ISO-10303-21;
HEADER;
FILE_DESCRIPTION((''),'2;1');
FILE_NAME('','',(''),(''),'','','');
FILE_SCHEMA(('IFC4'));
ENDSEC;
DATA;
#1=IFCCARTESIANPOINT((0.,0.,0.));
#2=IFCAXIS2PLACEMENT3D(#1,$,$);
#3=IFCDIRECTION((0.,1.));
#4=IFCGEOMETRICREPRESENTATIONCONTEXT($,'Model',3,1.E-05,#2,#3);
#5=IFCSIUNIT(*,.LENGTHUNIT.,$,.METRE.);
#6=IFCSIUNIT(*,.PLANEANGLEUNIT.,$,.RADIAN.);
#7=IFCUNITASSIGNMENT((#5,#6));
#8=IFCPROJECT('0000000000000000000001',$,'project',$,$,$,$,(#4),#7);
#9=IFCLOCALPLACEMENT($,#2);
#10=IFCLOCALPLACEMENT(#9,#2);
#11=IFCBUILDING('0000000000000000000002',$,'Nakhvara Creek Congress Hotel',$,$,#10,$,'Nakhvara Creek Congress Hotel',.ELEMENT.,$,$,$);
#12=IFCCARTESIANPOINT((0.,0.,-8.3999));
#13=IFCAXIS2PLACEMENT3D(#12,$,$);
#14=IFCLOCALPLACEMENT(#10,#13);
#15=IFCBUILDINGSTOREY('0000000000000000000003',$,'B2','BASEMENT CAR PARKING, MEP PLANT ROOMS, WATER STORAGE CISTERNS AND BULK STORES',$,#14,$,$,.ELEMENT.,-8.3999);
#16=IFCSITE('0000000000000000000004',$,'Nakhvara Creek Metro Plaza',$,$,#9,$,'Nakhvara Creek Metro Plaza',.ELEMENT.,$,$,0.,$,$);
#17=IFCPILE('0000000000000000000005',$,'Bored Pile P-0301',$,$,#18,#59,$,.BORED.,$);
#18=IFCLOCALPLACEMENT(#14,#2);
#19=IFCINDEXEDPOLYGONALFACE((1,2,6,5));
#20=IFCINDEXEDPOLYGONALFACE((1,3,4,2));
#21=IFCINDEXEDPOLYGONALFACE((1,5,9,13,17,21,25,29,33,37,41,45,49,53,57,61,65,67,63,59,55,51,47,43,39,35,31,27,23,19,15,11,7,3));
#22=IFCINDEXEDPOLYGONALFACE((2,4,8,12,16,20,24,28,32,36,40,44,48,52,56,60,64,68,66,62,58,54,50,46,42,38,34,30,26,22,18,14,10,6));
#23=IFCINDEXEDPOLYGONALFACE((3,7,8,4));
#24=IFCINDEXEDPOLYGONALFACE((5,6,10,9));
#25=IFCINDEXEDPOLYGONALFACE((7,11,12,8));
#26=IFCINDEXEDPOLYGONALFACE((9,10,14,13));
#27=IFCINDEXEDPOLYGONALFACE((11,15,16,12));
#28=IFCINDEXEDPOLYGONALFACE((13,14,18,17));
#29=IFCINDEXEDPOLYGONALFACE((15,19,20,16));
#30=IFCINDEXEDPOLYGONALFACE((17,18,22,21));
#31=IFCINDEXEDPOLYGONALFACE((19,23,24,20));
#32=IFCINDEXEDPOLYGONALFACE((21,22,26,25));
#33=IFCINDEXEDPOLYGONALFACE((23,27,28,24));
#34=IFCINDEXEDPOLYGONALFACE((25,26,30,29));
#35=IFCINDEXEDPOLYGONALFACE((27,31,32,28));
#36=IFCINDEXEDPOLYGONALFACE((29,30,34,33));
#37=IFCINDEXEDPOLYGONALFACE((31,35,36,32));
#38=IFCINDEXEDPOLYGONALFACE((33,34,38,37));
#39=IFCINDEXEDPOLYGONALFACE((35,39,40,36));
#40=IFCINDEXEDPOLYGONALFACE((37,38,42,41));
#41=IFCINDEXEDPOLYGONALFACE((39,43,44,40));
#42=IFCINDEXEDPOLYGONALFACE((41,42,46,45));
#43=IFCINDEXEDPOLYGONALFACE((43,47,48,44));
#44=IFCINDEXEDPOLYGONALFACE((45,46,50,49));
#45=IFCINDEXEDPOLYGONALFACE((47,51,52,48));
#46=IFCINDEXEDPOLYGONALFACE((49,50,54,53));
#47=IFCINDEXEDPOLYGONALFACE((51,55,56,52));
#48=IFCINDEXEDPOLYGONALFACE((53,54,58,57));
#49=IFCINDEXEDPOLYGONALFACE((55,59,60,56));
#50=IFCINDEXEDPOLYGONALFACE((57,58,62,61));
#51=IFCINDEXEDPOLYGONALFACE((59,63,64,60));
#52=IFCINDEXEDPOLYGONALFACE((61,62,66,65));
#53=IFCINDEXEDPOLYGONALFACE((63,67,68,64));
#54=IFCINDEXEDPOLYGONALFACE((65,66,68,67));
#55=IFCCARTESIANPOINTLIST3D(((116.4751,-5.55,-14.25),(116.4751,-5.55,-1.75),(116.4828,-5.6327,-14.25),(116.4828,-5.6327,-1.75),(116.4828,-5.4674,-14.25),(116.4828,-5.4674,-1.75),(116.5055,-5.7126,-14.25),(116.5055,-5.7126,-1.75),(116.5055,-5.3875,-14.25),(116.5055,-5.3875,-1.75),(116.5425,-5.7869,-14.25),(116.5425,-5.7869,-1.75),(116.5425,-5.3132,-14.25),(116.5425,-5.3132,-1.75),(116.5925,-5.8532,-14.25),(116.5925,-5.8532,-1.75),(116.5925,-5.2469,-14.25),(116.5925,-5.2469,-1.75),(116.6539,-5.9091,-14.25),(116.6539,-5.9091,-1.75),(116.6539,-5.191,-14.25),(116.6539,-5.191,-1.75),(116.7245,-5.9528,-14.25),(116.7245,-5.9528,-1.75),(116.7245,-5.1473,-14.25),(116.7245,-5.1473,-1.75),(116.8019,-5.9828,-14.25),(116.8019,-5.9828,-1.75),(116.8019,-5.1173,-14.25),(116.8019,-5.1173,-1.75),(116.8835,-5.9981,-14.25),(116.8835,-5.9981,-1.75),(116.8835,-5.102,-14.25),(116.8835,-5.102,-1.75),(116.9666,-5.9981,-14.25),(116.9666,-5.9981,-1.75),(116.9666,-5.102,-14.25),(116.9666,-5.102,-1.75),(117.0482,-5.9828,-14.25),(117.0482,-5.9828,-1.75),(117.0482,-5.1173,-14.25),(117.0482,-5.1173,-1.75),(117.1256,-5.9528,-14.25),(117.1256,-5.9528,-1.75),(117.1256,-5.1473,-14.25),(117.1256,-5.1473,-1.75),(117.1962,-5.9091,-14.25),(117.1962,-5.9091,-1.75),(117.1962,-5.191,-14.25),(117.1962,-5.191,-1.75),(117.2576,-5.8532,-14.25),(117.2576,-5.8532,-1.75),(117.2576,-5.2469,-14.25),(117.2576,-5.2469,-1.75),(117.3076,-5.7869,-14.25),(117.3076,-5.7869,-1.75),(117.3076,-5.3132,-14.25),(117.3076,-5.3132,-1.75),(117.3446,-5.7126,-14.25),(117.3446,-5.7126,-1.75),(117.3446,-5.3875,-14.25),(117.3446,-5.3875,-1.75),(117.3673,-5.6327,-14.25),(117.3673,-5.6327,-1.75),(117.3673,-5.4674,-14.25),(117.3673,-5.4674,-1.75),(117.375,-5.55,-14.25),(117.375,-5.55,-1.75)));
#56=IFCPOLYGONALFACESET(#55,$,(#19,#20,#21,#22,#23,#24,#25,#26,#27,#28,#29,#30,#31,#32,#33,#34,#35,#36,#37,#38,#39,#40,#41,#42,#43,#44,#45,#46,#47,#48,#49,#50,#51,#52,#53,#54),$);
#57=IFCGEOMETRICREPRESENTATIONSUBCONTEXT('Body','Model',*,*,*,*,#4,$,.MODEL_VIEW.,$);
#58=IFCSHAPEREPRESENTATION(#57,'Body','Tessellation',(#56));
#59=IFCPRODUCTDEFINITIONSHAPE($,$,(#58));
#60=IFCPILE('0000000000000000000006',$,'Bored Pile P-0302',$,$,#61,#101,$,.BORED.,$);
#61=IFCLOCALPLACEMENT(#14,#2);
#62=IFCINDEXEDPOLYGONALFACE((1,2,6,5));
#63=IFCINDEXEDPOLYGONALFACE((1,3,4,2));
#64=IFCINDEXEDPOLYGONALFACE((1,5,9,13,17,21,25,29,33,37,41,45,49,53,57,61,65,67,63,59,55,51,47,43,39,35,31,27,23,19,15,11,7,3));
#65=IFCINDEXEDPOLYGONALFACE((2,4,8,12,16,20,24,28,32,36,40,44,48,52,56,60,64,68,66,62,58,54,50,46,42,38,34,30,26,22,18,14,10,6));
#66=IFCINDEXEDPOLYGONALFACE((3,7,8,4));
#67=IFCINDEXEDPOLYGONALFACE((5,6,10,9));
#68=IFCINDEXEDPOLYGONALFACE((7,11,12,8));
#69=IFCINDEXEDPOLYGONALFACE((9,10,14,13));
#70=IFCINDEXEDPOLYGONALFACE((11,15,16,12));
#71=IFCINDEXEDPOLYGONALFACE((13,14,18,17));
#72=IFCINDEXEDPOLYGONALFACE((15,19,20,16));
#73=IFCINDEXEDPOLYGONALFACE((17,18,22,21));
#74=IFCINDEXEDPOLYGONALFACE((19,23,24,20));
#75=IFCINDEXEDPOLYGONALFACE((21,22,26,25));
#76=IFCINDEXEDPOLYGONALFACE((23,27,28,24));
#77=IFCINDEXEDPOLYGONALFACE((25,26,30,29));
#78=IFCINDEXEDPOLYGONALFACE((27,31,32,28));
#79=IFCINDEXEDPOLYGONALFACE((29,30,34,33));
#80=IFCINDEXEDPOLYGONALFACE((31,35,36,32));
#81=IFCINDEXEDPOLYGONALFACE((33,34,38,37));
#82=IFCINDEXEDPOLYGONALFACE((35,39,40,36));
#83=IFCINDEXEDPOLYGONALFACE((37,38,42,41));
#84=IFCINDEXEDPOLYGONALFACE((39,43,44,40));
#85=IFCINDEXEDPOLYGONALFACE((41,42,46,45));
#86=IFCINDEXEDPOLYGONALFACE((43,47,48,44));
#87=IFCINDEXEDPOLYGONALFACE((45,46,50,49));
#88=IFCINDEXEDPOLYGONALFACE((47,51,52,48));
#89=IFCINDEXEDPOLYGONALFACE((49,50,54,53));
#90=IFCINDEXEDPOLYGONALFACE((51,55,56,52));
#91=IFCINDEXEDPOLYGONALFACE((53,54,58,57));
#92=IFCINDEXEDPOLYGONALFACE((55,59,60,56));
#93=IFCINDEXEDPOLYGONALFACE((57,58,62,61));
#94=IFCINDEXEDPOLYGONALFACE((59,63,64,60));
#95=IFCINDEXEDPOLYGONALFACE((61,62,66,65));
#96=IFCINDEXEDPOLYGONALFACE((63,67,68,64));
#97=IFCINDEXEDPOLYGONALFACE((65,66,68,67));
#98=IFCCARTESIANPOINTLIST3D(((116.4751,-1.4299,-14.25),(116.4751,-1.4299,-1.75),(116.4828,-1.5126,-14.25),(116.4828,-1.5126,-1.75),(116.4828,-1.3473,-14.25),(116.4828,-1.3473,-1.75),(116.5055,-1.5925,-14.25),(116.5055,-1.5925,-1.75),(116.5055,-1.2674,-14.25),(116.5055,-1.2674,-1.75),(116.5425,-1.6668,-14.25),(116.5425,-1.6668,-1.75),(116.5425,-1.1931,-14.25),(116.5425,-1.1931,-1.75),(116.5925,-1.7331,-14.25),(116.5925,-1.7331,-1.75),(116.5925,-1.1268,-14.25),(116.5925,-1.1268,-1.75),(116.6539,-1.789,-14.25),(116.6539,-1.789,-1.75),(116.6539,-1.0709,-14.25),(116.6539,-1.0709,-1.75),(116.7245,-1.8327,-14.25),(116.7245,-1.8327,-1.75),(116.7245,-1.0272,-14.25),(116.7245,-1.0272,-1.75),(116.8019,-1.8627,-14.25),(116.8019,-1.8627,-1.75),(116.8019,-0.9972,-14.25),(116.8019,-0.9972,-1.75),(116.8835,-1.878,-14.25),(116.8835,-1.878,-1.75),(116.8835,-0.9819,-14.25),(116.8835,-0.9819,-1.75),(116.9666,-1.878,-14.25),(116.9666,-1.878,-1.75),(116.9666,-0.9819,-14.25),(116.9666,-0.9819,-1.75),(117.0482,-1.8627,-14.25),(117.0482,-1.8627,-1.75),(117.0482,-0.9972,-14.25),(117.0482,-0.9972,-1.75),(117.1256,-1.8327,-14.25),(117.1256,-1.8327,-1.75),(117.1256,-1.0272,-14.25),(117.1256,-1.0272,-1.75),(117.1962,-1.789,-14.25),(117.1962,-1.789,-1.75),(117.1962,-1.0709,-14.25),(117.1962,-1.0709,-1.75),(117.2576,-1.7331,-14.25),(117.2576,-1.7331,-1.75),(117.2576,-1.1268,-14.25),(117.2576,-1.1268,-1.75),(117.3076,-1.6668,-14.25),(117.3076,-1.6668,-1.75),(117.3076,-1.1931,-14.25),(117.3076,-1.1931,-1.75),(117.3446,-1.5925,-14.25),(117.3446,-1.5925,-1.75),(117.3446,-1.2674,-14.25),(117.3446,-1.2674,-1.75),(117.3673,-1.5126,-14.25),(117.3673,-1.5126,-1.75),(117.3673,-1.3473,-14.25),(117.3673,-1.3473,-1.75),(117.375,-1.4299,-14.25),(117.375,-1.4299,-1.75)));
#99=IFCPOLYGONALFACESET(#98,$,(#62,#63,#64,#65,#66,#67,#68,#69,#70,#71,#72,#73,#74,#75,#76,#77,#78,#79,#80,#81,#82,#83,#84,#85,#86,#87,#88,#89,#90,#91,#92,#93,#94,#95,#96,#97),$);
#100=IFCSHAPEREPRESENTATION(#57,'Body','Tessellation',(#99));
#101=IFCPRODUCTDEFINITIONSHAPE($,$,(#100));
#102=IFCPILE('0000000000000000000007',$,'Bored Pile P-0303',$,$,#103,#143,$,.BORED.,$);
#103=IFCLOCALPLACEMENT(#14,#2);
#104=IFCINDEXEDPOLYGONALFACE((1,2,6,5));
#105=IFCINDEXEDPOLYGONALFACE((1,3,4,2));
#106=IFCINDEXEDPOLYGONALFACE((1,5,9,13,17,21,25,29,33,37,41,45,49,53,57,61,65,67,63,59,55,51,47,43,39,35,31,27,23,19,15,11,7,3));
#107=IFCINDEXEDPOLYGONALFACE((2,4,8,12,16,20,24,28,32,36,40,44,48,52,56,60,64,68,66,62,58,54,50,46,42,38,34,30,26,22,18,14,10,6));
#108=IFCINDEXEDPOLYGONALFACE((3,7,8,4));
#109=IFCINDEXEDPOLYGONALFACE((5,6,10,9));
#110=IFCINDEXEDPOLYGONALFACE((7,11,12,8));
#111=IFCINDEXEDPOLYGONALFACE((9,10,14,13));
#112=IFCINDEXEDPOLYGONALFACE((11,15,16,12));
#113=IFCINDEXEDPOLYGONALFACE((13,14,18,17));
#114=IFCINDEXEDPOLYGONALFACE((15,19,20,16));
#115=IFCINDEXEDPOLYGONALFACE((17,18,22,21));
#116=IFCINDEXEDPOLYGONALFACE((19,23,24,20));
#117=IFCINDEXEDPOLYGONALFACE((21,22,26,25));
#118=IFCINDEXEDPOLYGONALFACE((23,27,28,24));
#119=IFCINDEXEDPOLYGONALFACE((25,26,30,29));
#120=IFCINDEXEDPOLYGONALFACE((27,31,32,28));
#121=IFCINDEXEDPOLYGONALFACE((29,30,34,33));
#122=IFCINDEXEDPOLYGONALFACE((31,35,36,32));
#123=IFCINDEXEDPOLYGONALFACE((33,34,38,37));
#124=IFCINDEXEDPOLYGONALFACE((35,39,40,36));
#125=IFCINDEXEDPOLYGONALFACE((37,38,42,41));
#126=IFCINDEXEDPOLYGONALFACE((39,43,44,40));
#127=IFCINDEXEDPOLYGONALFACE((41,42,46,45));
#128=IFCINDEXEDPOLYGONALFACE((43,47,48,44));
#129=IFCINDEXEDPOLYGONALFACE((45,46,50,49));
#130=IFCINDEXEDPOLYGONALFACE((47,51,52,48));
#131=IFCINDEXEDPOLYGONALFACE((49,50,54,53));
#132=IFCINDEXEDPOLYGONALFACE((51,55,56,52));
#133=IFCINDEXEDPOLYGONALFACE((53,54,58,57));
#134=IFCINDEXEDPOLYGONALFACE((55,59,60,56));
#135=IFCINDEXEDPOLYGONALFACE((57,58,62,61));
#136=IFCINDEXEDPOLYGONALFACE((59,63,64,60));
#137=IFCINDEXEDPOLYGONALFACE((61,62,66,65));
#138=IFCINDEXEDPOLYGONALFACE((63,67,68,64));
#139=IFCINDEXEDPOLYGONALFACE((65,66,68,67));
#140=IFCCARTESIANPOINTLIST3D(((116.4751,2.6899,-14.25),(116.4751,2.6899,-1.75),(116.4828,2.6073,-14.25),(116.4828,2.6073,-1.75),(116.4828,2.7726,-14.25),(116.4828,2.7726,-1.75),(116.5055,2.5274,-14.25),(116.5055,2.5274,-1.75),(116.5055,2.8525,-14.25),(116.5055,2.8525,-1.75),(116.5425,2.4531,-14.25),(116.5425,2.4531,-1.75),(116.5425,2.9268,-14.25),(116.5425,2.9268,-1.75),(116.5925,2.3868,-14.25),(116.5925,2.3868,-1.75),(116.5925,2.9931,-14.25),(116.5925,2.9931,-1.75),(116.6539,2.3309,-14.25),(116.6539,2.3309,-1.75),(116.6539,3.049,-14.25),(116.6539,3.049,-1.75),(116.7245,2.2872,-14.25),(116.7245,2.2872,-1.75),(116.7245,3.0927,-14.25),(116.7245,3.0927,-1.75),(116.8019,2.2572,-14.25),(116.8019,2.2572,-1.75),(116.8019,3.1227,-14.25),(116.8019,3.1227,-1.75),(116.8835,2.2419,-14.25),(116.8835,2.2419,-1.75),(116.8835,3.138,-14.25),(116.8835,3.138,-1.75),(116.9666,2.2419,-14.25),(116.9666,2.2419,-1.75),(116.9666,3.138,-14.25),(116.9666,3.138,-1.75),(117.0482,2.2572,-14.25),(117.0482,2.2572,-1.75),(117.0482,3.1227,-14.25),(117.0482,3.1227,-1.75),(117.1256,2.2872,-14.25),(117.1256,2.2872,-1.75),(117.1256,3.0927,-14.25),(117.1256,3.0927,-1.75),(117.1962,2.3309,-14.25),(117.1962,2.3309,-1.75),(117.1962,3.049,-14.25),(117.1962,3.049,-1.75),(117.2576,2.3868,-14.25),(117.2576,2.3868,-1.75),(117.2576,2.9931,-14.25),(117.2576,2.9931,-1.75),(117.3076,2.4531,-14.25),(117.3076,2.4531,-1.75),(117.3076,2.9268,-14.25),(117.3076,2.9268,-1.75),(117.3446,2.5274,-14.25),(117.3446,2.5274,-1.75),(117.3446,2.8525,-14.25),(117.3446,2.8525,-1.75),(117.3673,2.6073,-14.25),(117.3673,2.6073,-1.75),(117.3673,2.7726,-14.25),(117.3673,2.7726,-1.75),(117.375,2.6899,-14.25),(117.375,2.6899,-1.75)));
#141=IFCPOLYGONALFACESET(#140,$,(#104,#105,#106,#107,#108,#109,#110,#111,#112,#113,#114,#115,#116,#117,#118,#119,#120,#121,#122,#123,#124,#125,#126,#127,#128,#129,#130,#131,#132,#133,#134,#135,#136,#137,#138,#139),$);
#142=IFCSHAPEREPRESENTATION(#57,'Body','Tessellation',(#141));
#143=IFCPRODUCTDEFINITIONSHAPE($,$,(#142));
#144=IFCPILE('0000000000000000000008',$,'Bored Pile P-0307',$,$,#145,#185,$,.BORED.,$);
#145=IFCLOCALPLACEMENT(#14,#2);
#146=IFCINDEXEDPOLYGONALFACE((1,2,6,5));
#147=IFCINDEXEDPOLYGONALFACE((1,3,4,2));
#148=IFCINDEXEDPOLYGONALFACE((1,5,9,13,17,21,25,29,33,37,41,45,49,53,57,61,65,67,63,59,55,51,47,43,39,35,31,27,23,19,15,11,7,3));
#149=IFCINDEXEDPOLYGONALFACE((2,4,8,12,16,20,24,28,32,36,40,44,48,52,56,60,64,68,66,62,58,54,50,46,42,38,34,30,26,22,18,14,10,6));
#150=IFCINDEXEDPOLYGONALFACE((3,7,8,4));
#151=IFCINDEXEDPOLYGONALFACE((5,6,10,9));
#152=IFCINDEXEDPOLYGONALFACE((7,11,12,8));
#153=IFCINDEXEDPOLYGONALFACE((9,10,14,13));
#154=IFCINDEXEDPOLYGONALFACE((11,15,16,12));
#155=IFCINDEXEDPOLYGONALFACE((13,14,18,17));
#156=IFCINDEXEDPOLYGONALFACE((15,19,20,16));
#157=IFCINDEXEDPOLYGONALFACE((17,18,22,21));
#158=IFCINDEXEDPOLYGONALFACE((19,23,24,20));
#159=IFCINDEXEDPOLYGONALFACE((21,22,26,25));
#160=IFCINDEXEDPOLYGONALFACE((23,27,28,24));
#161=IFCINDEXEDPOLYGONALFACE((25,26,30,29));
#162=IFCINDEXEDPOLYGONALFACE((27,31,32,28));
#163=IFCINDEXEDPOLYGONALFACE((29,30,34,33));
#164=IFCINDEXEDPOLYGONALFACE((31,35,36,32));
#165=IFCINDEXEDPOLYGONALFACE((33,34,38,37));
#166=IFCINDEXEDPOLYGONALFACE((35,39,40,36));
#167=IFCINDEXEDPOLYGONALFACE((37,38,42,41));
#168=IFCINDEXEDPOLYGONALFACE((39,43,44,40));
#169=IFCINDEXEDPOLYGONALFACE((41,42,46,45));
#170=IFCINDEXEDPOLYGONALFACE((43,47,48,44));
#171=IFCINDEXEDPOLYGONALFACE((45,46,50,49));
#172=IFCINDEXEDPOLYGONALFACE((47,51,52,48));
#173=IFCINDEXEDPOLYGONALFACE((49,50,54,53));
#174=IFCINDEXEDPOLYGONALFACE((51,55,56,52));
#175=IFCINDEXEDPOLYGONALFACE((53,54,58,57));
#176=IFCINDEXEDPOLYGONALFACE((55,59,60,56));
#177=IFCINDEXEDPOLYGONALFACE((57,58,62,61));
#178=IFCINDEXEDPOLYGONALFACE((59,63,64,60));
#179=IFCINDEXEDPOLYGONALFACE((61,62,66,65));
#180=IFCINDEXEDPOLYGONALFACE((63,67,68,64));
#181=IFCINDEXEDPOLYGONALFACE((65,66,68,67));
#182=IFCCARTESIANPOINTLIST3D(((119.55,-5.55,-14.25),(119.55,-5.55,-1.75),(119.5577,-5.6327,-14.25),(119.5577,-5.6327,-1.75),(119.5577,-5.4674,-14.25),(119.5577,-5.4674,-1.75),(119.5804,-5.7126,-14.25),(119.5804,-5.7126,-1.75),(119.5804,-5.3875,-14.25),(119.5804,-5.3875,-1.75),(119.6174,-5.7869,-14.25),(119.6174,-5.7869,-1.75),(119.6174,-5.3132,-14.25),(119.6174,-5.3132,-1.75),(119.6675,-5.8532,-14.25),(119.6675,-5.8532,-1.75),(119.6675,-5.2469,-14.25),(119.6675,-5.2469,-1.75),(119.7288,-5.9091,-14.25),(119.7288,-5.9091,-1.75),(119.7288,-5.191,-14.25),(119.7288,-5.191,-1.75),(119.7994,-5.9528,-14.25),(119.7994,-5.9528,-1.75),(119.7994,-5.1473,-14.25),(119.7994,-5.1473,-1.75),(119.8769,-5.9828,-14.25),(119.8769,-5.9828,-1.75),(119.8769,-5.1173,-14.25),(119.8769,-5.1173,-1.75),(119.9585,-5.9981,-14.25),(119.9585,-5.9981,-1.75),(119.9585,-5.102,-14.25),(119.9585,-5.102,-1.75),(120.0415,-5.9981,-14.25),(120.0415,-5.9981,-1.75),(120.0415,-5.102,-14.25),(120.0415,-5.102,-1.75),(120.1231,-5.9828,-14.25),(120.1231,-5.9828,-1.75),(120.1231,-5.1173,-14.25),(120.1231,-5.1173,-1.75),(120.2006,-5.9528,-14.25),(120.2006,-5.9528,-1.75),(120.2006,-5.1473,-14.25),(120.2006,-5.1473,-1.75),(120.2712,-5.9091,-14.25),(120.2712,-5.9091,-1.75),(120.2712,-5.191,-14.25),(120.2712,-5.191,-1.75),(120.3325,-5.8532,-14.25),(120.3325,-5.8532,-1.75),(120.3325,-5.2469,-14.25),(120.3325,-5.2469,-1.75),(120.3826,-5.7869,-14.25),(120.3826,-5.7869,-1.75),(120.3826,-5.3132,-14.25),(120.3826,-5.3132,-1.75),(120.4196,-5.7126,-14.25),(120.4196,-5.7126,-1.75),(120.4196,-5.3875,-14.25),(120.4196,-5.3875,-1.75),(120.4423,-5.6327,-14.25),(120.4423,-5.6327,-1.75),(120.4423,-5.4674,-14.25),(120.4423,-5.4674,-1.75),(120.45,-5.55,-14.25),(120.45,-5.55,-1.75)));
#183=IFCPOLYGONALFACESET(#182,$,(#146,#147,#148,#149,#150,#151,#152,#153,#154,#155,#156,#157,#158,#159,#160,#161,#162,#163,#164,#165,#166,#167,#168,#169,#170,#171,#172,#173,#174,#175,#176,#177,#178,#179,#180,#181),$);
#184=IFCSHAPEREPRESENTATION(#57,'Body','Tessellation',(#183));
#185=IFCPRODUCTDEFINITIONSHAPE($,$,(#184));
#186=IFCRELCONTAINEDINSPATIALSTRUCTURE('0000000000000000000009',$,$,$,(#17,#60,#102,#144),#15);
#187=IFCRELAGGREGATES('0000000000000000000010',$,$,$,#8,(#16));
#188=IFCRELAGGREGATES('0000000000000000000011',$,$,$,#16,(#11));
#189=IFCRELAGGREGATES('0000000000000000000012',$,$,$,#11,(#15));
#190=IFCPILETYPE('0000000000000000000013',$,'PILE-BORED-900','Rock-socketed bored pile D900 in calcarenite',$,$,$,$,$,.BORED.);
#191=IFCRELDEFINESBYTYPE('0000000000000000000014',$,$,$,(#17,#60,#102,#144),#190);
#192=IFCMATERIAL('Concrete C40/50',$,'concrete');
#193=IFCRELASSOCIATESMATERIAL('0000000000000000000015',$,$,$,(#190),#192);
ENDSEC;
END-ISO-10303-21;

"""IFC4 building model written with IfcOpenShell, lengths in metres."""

from ifc_helpers import new_model, si_unit, direction, frame, origin, origin_2d, place, context, subcontext, project, spatial, circle, extrude, material, material_profile, profile_set, type_object, element, save


model = new_model("IFC4")

# Units and contexts
model_context = context("Model", 3, precision=1e-05, world=origin(), true_north=direction((0.0, 1.0)))
body_context = subcontext(model_context, "Body", "Model", "MODEL_VIEW")
ifc_project = project(units=[si_unit("LENGTHUNIT", "METRE"), si_unit("PLANEANGLEUNIT", "RADIAN")], contexts=[model_context])

# Site, building, storey
site_placement = place(None, origin())
site = spatial("IfcSite", under=ifc_project, at=site_placement, Name="Nakhvara Creek Metro Plaza", LongName="Nakhvara Creek Metro Plaza", CompositionType="ELEMENT", RefElevation=0.0)
building_placement = place(site_placement, origin())
building = spatial("IfcBuilding", under=site, at=building_placement, Name="Nakhvara Creek Congress Hotel", LongName="Nakhvara Creek Congress Hotel", CompositionType="ELEMENT")
storey_placement = place(building_placement, frame((0.0, 0.0, -8.3999)))
storey = spatial("IfcBuildingStorey", under=building, at=storey_placement, Name="B2", Description="BASEMENT CAR PARKING, MEP PLANT ROOMS, WATER STORAGE CISTERNS AND BULK STORES", CompositionType="ELEMENT", Elevation=-8.3999)

# Shared definitions
ifc_material_1 = material(Name="Concrete C40/50", Category="concrete")

# Piles
ifc_material_profile_1 = material_profile(ifc_material_1, circle(Radius=0.45, at=origin_2d()), Name="BORED PILE D900", Category="LoadBearing")
ifc_profile_set_1 = profile_set([ifc_material_profile_1], Name="Concrete C40/50")
pile_type = type_object("IfcPileType", Name="PILE-BORED-900", Description="Rock-socketed bored pile D900 in calcarenite", PredefinedType="BORED", material=ifc_profile_set_1)
for number, where, z_axis, x_axis, name in (
    (1, (116.925, -5.55, -1.75), (0.0, 0.0, -1.0), (1.0, 0.0, 0.0), "Bored Pile P-0301"),
    (2, (116.925, -1.4299, -1.75), (0.0, 0.0, -1.0), (1.0, 0.0, 0.0), "Bored Pile P-0302"),
    (3, (116.925, 2.6899, -1.75), (0.0, 0.0, -1.0), (1.0, 0.0, 0.0), "Bored Pile P-0303"),
    (4, (120.0, -5.55, -1.75), (0.0, 0.0, -1.0), (1.0, 0.0, 0.0), "Bored Pile P-0307"),
):
    element("IfcPile", number, at=place(storey_placement, frame(where, z_axis=z_axis, x_axis=x_axis)), inside=storey, type_object=pile_type, Name=name, PredefinedType="BORED", context=body_context, shape_type="SweptSolid", body=[
        extrude(circle(Radius=0.45, at=origin_2d()), origin(), (0.0, 0.0, 1.0), 12.5),
    ])

save(model, "model.ifc")
